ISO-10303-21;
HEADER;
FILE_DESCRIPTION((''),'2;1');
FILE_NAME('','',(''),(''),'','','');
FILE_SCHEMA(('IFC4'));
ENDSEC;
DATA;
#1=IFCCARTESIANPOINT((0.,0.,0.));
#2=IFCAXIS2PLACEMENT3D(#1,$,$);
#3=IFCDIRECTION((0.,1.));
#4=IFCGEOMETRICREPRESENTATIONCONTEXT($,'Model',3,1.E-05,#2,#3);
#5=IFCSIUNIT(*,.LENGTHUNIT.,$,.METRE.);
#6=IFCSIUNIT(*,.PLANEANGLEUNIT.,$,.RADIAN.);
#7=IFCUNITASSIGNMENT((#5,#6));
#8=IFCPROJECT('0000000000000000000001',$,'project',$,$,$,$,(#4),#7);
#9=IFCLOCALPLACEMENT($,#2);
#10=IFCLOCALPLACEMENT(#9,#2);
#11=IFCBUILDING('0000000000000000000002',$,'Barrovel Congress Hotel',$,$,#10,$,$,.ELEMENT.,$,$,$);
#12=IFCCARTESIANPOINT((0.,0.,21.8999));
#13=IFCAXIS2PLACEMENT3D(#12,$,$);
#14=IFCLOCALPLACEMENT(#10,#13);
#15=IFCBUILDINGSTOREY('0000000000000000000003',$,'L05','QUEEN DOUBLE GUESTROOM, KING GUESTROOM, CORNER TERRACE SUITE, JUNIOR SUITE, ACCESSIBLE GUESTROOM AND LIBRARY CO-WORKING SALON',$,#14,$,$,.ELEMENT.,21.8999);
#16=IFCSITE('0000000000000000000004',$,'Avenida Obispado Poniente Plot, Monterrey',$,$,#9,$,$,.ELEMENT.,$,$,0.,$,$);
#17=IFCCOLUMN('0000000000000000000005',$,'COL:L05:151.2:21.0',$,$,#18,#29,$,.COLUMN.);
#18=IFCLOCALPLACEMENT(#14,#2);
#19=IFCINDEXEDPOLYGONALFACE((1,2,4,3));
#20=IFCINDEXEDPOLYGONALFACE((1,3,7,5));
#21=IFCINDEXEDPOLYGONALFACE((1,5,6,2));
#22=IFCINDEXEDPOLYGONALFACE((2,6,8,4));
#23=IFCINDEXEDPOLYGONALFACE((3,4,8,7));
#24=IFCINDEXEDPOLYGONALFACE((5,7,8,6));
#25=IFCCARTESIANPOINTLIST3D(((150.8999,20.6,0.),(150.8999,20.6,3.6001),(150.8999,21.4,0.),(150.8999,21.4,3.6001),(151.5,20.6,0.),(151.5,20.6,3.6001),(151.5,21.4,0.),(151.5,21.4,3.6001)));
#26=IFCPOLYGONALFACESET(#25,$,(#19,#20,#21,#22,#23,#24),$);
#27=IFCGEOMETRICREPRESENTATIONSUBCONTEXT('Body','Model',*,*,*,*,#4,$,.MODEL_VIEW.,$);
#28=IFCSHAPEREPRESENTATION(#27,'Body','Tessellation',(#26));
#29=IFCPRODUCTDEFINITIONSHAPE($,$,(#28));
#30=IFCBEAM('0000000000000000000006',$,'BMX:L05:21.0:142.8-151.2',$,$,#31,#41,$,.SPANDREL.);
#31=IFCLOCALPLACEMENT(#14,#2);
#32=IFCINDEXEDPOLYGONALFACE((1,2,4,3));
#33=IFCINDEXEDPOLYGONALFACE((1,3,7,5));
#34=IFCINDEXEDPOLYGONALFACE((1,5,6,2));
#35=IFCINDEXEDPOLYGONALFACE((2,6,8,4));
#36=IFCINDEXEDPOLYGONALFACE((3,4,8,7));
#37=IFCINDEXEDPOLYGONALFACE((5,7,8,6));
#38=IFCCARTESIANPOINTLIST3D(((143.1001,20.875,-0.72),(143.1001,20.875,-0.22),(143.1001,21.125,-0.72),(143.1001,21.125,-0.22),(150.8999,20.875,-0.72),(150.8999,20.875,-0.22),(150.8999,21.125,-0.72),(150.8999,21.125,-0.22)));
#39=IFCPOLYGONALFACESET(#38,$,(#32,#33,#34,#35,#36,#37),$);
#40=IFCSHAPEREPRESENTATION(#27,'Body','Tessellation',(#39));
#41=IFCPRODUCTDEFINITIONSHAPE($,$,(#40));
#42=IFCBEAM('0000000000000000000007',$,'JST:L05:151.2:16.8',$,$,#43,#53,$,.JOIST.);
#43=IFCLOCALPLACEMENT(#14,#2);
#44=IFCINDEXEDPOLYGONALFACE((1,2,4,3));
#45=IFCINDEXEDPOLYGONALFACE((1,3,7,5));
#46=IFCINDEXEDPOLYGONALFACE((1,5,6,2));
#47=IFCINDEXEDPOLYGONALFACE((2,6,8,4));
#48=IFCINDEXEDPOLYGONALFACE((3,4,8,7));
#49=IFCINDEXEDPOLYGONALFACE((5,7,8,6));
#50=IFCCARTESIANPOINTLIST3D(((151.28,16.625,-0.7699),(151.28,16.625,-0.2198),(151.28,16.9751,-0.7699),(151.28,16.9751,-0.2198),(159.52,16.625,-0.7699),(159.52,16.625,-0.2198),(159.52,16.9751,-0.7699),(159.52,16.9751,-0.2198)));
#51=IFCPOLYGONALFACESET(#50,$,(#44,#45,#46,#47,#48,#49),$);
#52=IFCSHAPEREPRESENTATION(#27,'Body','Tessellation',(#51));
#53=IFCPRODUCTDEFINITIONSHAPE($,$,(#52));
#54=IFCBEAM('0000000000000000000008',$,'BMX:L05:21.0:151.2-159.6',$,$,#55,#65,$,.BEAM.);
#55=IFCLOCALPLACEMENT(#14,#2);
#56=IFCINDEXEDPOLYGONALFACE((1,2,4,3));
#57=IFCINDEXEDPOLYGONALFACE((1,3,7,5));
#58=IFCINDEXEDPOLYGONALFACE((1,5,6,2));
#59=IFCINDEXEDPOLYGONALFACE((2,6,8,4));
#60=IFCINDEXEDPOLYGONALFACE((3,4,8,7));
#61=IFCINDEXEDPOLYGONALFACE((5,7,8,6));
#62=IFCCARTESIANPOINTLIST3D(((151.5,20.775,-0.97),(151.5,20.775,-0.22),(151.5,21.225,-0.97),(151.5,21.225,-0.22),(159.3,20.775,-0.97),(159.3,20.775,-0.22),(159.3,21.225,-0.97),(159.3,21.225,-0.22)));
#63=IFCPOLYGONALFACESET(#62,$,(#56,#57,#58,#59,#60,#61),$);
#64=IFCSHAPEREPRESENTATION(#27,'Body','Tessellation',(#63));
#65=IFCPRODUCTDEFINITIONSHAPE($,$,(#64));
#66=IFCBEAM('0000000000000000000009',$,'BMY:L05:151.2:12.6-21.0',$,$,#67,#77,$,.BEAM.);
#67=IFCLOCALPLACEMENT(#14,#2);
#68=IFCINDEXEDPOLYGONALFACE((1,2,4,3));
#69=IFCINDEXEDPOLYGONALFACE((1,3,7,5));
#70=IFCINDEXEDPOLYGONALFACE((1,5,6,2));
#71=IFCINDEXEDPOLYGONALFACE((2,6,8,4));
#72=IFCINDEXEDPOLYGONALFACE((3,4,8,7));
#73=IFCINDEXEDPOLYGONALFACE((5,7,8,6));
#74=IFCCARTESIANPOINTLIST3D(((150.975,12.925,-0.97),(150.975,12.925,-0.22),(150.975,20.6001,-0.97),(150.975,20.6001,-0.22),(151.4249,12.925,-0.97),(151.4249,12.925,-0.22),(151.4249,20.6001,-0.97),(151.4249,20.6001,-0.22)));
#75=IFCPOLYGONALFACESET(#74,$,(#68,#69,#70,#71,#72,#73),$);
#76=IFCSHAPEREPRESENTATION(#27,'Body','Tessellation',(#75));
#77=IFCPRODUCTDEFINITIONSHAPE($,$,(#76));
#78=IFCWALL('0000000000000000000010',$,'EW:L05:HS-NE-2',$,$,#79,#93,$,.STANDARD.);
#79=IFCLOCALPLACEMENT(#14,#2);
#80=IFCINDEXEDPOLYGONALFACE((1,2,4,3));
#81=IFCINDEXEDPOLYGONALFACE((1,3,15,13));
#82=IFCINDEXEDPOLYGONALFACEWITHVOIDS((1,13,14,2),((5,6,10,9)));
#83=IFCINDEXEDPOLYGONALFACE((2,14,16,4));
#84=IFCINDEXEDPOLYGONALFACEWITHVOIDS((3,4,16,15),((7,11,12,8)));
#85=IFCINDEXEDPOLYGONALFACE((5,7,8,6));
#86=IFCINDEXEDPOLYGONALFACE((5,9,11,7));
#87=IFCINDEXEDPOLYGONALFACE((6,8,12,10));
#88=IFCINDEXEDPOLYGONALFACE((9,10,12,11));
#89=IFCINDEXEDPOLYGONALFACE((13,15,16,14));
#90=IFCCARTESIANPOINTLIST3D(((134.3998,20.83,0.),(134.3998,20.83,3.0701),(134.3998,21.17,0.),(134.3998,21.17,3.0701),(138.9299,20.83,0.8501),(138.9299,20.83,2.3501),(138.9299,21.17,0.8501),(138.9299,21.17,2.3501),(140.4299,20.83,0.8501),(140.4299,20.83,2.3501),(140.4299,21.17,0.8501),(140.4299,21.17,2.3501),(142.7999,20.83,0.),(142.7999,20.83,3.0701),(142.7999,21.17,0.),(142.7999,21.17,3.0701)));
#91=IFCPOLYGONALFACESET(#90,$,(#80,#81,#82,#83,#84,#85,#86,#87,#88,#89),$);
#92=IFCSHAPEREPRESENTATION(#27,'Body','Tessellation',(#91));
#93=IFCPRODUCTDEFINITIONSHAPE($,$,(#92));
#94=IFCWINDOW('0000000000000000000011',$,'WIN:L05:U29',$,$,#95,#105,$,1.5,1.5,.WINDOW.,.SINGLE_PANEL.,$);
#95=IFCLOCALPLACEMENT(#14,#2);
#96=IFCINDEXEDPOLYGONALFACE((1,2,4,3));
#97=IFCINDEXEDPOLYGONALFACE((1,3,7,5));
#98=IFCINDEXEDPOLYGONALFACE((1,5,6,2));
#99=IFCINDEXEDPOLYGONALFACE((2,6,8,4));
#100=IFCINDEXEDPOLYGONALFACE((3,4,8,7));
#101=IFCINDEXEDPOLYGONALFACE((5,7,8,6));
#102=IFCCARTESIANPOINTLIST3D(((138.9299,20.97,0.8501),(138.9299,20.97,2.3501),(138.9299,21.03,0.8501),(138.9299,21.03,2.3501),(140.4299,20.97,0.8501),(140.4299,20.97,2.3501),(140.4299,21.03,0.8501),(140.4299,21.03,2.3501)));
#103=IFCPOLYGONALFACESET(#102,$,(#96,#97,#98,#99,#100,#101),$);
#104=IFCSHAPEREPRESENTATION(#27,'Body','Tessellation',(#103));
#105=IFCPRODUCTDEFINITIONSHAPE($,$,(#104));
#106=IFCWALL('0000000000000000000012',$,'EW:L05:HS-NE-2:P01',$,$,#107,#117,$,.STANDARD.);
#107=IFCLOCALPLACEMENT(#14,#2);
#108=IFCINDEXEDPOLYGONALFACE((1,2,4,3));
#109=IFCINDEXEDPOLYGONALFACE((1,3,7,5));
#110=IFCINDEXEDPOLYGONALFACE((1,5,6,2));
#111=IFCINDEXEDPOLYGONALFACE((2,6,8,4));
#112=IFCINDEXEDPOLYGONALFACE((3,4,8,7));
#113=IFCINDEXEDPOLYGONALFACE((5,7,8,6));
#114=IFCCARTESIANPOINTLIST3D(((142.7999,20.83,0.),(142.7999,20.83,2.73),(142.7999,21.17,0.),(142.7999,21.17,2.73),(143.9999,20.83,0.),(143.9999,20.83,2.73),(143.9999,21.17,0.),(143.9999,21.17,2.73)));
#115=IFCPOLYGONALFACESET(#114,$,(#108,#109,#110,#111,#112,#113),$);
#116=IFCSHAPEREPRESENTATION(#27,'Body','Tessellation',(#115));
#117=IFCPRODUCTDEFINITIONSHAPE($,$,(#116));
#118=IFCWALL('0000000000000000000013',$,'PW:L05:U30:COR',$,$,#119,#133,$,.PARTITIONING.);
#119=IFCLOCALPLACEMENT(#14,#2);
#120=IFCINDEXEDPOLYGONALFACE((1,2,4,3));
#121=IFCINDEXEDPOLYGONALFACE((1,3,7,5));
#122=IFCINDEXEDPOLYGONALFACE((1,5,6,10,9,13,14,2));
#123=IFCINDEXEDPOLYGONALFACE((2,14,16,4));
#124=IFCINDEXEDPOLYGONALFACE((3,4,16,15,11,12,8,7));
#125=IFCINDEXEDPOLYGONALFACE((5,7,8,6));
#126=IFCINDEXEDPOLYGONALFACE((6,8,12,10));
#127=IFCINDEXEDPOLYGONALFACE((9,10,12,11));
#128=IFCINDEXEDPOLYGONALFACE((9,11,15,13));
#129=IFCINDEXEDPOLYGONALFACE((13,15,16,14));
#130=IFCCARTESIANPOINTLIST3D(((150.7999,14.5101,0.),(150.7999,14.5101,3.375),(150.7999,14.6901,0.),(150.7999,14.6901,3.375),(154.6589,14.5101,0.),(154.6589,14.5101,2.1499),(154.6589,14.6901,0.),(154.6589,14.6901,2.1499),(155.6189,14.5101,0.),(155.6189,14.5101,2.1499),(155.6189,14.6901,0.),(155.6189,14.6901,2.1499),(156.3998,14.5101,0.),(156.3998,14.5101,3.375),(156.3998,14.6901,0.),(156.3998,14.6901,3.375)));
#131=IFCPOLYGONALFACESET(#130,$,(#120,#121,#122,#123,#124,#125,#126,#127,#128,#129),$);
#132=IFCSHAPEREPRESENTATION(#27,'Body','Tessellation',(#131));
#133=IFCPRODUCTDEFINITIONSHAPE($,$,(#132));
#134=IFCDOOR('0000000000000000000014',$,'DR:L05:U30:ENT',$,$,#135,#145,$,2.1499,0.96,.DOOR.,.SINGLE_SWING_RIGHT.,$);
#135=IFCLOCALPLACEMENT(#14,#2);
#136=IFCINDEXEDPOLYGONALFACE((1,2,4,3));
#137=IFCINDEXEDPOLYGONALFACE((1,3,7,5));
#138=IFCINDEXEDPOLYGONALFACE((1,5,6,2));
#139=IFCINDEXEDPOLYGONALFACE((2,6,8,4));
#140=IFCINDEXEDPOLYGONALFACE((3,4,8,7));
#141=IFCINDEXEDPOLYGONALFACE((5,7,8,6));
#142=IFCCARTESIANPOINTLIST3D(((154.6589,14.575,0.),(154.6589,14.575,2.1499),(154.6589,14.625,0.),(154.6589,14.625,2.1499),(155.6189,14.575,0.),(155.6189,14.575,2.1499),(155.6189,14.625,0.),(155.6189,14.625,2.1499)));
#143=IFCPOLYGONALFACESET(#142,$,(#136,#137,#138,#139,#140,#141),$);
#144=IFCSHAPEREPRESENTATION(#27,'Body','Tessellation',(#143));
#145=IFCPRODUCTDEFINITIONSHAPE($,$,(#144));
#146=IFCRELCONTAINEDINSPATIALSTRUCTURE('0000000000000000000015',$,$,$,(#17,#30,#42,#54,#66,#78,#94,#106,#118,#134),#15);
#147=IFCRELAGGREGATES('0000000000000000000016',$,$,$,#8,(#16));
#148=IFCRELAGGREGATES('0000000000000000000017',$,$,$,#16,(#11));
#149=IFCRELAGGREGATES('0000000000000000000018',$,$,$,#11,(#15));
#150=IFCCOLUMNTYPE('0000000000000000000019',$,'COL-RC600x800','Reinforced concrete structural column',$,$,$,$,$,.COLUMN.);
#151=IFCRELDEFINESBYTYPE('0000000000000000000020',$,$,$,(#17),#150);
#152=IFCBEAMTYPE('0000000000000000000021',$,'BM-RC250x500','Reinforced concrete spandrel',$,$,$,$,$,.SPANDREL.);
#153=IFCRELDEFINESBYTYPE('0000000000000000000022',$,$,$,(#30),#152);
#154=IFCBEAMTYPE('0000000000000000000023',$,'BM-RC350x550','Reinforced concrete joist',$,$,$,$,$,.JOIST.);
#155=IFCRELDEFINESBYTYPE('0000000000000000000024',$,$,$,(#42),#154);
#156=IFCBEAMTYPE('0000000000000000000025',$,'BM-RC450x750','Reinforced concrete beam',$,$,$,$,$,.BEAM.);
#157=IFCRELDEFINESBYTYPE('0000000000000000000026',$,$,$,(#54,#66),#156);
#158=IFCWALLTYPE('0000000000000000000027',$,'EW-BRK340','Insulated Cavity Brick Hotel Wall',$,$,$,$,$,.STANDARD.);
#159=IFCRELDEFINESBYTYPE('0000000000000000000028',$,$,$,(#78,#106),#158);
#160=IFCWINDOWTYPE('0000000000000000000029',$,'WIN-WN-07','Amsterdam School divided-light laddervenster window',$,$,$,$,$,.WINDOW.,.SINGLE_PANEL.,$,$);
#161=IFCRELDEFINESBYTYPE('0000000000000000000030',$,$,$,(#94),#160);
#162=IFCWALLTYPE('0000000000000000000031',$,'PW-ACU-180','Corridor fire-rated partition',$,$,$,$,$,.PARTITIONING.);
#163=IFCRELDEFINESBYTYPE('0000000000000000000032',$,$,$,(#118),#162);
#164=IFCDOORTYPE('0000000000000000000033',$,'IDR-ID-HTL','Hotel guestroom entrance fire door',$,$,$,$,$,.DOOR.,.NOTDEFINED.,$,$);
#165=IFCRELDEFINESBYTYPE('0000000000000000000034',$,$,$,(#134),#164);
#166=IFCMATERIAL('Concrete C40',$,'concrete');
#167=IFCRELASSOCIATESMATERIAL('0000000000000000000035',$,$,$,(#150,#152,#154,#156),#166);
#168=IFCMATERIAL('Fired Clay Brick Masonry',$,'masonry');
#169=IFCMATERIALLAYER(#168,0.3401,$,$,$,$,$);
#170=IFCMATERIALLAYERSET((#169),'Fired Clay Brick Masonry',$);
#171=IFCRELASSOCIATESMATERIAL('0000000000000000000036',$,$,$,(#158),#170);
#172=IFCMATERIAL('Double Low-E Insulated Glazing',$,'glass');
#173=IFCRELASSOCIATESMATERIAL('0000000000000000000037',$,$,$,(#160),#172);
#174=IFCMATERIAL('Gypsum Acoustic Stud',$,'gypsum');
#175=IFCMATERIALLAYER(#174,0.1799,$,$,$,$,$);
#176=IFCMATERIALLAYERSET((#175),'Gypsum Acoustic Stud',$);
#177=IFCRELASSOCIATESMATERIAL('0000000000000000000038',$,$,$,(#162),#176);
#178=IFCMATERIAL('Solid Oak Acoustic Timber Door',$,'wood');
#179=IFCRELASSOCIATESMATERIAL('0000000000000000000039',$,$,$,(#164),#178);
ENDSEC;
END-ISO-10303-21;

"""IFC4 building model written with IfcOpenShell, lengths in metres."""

from ifc_helpers import new_model, si_unit, direction, frame, frame_2d, origin, origin_2d, place, context, subcontext, project, spatial, rectangle, extrude, material, layer, layer_set, material_profile, profile_set, type_object, element, fill, save


model = new_model("IFC4")

# Units and contexts
model_context = context("Model", 3, precision=1e-05, world=origin(), true_north=direction((0.0, 1.0)))
body_context = subcontext(model_context, "Body", "Model", "MODEL_VIEW")
ifc_project = project(units=[si_unit("LENGTHUNIT", "METRE"), si_unit("PLANEANGLEUNIT", "RADIAN")], contexts=[model_context])

# Site, building, storey
site_placement = place(None, origin())
site = spatial("IfcSite", under=ifc_project, at=site_placement, Name="Avenida Obispado Poniente Plot, Monterrey", CompositionType="ELEMENT", RefElevation=0.0)
building_placement = place(site_placement, origin())
building = spatial("IfcBuilding", under=site, at=building_placement, Name="Barrovel Congress Hotel", CompositionType="ELEMENT")
storey_placement = place(building_placement, frame((0.0, 0.0, 21.8999)))
storey = spatial("IfcBuildingStorey", under=building, at=storey_placement, Name="L05", Description="QUEEN DOUBLE GUESTROOM, KING GUESTROOM, CORNER TERRACE SUITE, JUNIOR SUITE, ACCESSIBLE GUESTROOM AND LIBRARY CO-WORKING SALON", CompositionType="ELEMENT", Elevation=21.8999)

# Column
ifc_material_1 = material(Name="Concrete C40", Category="concrete")
ifc_material_profile_1 = material_profile(ifc_material_1, rectangle(XDim=0.6001, YDim=0.8, at=origin_2d()), Name="RC600x800")
ifc_profile_set_1 = profile_set([ifc_material_profile_1], Name="Concrete C40")
column_type = type_object("IfcColumnType", Name="COL-RC600x800", Description="Reinforced concrete structural column", PredefinedType="COLUMN", material=ifc_profile_set_1)
column_placement = place(storey_placement, frame((151.2, 21.0, 0.0), z_axis=(0.0, 0.0, 1.0), x_axis=(1.0, 0.0, 0.0)))
element("IfcColumn", 1, at=column_placement, inside=storey, type_object=column_type, Name="COL:L05:151.2:21.0", PredefinedType="COLUMN", context=body_context, shape_type="SweptSolid", body=[
    extrude(rectangle(XDim=0.6001, YDim=0.8, at=origin_2d()), origin(), (0.0, 0.0, 1.0), 3.6001),
])

# Beams
ifc_material_profile_2 = material_profile(ifc_material_1, rectangle(XDim=0.25, YDim=0.5, at=origin_2d()), Name="RC250x500")
ifc_profile_set_2 = profile_set([ifc_material_profile_2], Name="Concrete C40")
beam_type_1 = type_object("IfcBeamType", Name="BM-RC250x500", Description="Reinforced concrete spandrel", PredefinedType="SPANDREL", material=ifc_profile_set_2)
beam_1_placement = place(storey_placement, frame((143.1001, 21.0, -0.47), z_axis=(1.0, 0.0, 0.0), x_axis=(0.0, 1.0, 0.0)))
element("IfcBeam", 2, at=beam_1_placement, inside=storey, type_object=beam_type_1, Name="BMX:L05:21.0:142.8-151.2", PredefinedType="SPANDREL", context=body_context, shape_type="SweptSolid", body=[
    extrude(rectangle(XDim=0.25, YDim=0.5, at=origin_2d()), origin(), (0.0, 0.0, 1.0), 7.7998),
])
ifc_material_profile_3 = material_profile(ifc_material_1, rectangle(XDim=0.3501, YDim=0.55, at=origin_2d()), Name="RC350x550")
ifc_profile_set_3 = profile_set([ifc_material_profile_3], Name="Concrete C40")
beam_type_2 = type_object("IfcBeamType", Name="BM-RC350x550", Description="Reinforced concrete joist", PredefinedType="JOIST", material=ifc_profile_set_3)
beam_2_placement = place(storey_placement, frame((151.28, 16.8, -0.4949), z_axis=(1.0, 0.0, 0.0), x_axis=(0.0, 1.0, 0.0)))
element("IfcBeam", 3, at=beam_2_placement, inside=storey, type_object=beam_type_2, Name="JST:L05:151.2:16.8", PredefinedType="JOIST", context=body_context, shape_type="SweptSolid", body=[
    extrude(rectangle(XDim=0.3501, YDim=0.55, at=origin_2d()), origin(), (0.0, 0.0, 1.0), 8.24),
])
ifc_material_profile_4 = material_profile(ifc_material_1, rectangle(XDim=0.45, YDim=0.75, at=origin_2d()), Name="RC450x750")
ifc_profile_set_4 = profile_set([ifc_material_profile_4], Name="Concrete C40")
beam_type_3 = type_object("IfcBeamType", Name="BM-RC450x750", Description="Reinforced concrete beam", PredefinedType="BEAM", material=ifc_profile_set_4)
beam_3_placement = place(storey_placement, frame((151.5, 21.0, -0.595), z_axis=(1.0, 0.0, 0.0), x_axis=(0.0, 1.0, 0.0)))
element("IfcBeam", 4, at=beam_3_placement, inside=storey, type_object=beam_type_3, Name="BMX:L05:21.0:151.2-159.6", PredefinedType="BEAM", context=body_context, shape_type="SweptSolid", body=[
    extrude(rectangle(XDim=0.45, YDim=0.75, at=origin_2d()), origin(), (0.0, 0.0, 1.0), 7.8),
])
beam_4_placement = place(storey_placement, frame((151.2, 12.925, -0.595), z_axis=(0.0, 1.0, 0.0), x_axis=(-1.0, 0.0, 0.0)))
element("IfcBeam", 5, at=beam_4_placement, inside=storey, type_object=beam_type_3, Name="BMY:L05:151.2:12.6-21.0", PredefinedType="BEAM", context=body_context, shape_type="SweptSolid", body=[
    extrude(rectangle(XDim=0.45, YDim=0.75, at=origin_2d()), origin(), (0.0, 0.0, 1.0), 7.675),
])

# Wall, opening, window
ifc_material_2 = material(Name="Fired Clay Brick Masonry", Category="masonry")
ifc_layer_1 = layer(ifc_material_2, 0.3401)
ifc_layer_set_1 = layer_set([ifc_layer_1], Name="Fired Clay Brick Masonry")
wall_type_1 = type_object("IfcWallType", Name="EW-BRK340", Description="Insulated Cavity Brick Hotel Wall", PredefinedType="STANDARD", material=ifc_layer_set_1)
wall_1_placement = place(storey_placement, frame((142.8, 21.0, 0.0), z_axis=(0.0, 0.0, 1.0), x_axis=(-1.0, 0.0, 0.0)))
wall_1 = element("IfcWall", 6, at=wall_1_placement, inside=storey, type_object=wall_type_1, Name="EW:L05:HS-NE-2", PredefinedType="STANDARD", context=body_context, shape_type="SweptSolid", body=[
    extrude(rectangle(XDim=8.4001, YDim=0.3401, at=frame_2d((4.2002, 0.0))), origin(), (0.0, 0.0, 1.0), 3.0701),
])
opening_1_placement = place(wall_1_placement, frame((2.3701, 0.0, 0.8501)))
opening_1 = element("IfcOpeningElement", 7, at=opening_1_placement, cuts=wall_1, PredefinedType="OPENING", context=body_context, shape_type="SweptSolid", body=[
    extrude(rectangle(XDim=1.5, YDim=1.5, at=frame_2d((0.75, 0.75))), frame((0.0, 0.1802, 0.0), z_axis=(0.0, -1.0, 0.0), x_axis=(1.0, 0.0, 0.0)), (0.0, 0.0, 1.0), 0.3601),
])
ifc_material_3 = material(Name="Double Low-E Insulated Glazing", Category="glass")
window_type = type_object("IfcWindowType", Name="WIN-WN-07", Description="Amsterdam School divided-light laddervenster window", PartitioningType="SINGLE_PANEL", PredefinedType="WINDOW", material=ifc_material_3)
window_placement = place(opening_1_placement, origin())
window = element("IfcWindow", 8, at=window_placement, inside=storey, type_object=window_type, Name="WIN:L05:U29", OverallHeight=1.5, OverallWidth=1.5, PartitioningType="SINGLE_PANEL", PredefinedType="WINDOW", context=body_context, shape_type="SweptSolid", body=[
    extrude(rectangle(XDim=1.5, YDim=1.5, at=frame_2d((0.75, 0.75))), frame((0.0, 0.03, 0.0), z_axis=(0.0, -1.0, 0.0), x_axis=(1.0, 0.0, 0.0)), (0.0, 0.0, 1.0), 0.0601),
])
fill(opening_1, window)

# Wall
wall_2_placement = place(storey_placement, frame((144.0, 21.0, 0.0), z_axis=(0.0, 0.0, 1.0), x_axis=(-1.0, 0.0, 0.0)))
element("IfcWall", 9, at=wall_2_placement, inside=storey, type_object=wall_type_1, Name="EW:L05:HS-NE-2:P01", PredefinedType="STANDARD", context=body_context, shape_type="SweptSolid", body=[
    extrude(rectangle(XDim=1.2, YDim=0.3401, at=frame_2d((0.6001, 0.0))), origin(), (0.0, 0.0, 1.0), 2.73),
])

# Wall, opening, door
ifc_material_4 = material(Name="Gypsum Acoustic Stud", Category="gypsum")
ifc_layer_2 = layer(ifc_material_4, 0.1799)
ifc_layer_set_2 = layer_set([ifc_layer_2], Name="Gypsum Acoustic Stud")
wall_type_2 = type_object("IfcWallType", Name="PW-ACU-180", Description="Corridor fire-rated partition", PredefinedType="PARTITIONING", material=ifc_layer_set_2)
wall_3_placement = place(storey_placement, frame((150.8, 14.6001, 0.0), z_axis=(0.0, 0.0, 1.0), x_axis=(1.0, 0.0, 0.0)))
wall_3 = element("IfcWall", 10, at=wall_3_placement, inside=storey, type_object=wall_type_2, Name="PW:L05:U30:COR", PredefinedType="PARTITIONING", context=body_context, shape_type="SweptSolid", body=[
    extrude(rectangle(XDim=5.5999, YDim=0.1799, at=frame_2d((2.7998, 0.0))), origin(), (0.0, 0.0, 1.0), 3.375),
])
opening_2_placement = place(wall_3_placement, frame((3.8589, 0.0, 0.0)))
opening_2 = element("IfcOpeningElement", 11, at=opening_2_placement, cuts=wall_3, PredefinedType="OPENING", context=body_context, shape_type="SweptSolid", body=[
    extrude(rectangle(XDim=0.96, YDim=2.1499, at=frame_2d((0.48, 1.075))), frame((0.0, 0.1001, 0.0), z_axis=(0.0, -1.0, 0.0), x_axis=(1.0, 0.0, 0.0)), (0.0, 0.0, 1.0), 0.2),
])
ifc_material_5 = material(Name="Solid Oak Acoustic Timber Door", Category="wood")
door_type_1 = type_object("IfcDoorType", Name="IDR-ID-HTL", Description="Hotel guestroom entrance fire door", OperationType="NOTDEFINED", PredefinedType="DOOR", material=ifc_material_5)
door_1_placement = place(opening_2_placement, origin())
door_1 = element("IfcDoor", 12, at=door_1_placement, inside=storey, type_object=door_type_1, Name="DR:L05:U30:ENT", OperationType="SINGLE_SWING_RIGHT", OverallHeight=2.1499, OverallWidth=0.96, PredefinedType="DOOR", context=body_context, shape_type="SweptSolid", body=[
    extrude(rectangle(XDim=0.96, YDim=2.1499, at=frame_2d((0.48, 1.075))), frame((0.0, 0.0249, 0.0), z_axis=(0.0, -1.0, 0.0), x_axis=(1.0, 0.0, 0.0)), (0.0, 0.0, 1.0), 0.05),
])
fill(opening_2, door_1)

save(model, "model.ifc")
